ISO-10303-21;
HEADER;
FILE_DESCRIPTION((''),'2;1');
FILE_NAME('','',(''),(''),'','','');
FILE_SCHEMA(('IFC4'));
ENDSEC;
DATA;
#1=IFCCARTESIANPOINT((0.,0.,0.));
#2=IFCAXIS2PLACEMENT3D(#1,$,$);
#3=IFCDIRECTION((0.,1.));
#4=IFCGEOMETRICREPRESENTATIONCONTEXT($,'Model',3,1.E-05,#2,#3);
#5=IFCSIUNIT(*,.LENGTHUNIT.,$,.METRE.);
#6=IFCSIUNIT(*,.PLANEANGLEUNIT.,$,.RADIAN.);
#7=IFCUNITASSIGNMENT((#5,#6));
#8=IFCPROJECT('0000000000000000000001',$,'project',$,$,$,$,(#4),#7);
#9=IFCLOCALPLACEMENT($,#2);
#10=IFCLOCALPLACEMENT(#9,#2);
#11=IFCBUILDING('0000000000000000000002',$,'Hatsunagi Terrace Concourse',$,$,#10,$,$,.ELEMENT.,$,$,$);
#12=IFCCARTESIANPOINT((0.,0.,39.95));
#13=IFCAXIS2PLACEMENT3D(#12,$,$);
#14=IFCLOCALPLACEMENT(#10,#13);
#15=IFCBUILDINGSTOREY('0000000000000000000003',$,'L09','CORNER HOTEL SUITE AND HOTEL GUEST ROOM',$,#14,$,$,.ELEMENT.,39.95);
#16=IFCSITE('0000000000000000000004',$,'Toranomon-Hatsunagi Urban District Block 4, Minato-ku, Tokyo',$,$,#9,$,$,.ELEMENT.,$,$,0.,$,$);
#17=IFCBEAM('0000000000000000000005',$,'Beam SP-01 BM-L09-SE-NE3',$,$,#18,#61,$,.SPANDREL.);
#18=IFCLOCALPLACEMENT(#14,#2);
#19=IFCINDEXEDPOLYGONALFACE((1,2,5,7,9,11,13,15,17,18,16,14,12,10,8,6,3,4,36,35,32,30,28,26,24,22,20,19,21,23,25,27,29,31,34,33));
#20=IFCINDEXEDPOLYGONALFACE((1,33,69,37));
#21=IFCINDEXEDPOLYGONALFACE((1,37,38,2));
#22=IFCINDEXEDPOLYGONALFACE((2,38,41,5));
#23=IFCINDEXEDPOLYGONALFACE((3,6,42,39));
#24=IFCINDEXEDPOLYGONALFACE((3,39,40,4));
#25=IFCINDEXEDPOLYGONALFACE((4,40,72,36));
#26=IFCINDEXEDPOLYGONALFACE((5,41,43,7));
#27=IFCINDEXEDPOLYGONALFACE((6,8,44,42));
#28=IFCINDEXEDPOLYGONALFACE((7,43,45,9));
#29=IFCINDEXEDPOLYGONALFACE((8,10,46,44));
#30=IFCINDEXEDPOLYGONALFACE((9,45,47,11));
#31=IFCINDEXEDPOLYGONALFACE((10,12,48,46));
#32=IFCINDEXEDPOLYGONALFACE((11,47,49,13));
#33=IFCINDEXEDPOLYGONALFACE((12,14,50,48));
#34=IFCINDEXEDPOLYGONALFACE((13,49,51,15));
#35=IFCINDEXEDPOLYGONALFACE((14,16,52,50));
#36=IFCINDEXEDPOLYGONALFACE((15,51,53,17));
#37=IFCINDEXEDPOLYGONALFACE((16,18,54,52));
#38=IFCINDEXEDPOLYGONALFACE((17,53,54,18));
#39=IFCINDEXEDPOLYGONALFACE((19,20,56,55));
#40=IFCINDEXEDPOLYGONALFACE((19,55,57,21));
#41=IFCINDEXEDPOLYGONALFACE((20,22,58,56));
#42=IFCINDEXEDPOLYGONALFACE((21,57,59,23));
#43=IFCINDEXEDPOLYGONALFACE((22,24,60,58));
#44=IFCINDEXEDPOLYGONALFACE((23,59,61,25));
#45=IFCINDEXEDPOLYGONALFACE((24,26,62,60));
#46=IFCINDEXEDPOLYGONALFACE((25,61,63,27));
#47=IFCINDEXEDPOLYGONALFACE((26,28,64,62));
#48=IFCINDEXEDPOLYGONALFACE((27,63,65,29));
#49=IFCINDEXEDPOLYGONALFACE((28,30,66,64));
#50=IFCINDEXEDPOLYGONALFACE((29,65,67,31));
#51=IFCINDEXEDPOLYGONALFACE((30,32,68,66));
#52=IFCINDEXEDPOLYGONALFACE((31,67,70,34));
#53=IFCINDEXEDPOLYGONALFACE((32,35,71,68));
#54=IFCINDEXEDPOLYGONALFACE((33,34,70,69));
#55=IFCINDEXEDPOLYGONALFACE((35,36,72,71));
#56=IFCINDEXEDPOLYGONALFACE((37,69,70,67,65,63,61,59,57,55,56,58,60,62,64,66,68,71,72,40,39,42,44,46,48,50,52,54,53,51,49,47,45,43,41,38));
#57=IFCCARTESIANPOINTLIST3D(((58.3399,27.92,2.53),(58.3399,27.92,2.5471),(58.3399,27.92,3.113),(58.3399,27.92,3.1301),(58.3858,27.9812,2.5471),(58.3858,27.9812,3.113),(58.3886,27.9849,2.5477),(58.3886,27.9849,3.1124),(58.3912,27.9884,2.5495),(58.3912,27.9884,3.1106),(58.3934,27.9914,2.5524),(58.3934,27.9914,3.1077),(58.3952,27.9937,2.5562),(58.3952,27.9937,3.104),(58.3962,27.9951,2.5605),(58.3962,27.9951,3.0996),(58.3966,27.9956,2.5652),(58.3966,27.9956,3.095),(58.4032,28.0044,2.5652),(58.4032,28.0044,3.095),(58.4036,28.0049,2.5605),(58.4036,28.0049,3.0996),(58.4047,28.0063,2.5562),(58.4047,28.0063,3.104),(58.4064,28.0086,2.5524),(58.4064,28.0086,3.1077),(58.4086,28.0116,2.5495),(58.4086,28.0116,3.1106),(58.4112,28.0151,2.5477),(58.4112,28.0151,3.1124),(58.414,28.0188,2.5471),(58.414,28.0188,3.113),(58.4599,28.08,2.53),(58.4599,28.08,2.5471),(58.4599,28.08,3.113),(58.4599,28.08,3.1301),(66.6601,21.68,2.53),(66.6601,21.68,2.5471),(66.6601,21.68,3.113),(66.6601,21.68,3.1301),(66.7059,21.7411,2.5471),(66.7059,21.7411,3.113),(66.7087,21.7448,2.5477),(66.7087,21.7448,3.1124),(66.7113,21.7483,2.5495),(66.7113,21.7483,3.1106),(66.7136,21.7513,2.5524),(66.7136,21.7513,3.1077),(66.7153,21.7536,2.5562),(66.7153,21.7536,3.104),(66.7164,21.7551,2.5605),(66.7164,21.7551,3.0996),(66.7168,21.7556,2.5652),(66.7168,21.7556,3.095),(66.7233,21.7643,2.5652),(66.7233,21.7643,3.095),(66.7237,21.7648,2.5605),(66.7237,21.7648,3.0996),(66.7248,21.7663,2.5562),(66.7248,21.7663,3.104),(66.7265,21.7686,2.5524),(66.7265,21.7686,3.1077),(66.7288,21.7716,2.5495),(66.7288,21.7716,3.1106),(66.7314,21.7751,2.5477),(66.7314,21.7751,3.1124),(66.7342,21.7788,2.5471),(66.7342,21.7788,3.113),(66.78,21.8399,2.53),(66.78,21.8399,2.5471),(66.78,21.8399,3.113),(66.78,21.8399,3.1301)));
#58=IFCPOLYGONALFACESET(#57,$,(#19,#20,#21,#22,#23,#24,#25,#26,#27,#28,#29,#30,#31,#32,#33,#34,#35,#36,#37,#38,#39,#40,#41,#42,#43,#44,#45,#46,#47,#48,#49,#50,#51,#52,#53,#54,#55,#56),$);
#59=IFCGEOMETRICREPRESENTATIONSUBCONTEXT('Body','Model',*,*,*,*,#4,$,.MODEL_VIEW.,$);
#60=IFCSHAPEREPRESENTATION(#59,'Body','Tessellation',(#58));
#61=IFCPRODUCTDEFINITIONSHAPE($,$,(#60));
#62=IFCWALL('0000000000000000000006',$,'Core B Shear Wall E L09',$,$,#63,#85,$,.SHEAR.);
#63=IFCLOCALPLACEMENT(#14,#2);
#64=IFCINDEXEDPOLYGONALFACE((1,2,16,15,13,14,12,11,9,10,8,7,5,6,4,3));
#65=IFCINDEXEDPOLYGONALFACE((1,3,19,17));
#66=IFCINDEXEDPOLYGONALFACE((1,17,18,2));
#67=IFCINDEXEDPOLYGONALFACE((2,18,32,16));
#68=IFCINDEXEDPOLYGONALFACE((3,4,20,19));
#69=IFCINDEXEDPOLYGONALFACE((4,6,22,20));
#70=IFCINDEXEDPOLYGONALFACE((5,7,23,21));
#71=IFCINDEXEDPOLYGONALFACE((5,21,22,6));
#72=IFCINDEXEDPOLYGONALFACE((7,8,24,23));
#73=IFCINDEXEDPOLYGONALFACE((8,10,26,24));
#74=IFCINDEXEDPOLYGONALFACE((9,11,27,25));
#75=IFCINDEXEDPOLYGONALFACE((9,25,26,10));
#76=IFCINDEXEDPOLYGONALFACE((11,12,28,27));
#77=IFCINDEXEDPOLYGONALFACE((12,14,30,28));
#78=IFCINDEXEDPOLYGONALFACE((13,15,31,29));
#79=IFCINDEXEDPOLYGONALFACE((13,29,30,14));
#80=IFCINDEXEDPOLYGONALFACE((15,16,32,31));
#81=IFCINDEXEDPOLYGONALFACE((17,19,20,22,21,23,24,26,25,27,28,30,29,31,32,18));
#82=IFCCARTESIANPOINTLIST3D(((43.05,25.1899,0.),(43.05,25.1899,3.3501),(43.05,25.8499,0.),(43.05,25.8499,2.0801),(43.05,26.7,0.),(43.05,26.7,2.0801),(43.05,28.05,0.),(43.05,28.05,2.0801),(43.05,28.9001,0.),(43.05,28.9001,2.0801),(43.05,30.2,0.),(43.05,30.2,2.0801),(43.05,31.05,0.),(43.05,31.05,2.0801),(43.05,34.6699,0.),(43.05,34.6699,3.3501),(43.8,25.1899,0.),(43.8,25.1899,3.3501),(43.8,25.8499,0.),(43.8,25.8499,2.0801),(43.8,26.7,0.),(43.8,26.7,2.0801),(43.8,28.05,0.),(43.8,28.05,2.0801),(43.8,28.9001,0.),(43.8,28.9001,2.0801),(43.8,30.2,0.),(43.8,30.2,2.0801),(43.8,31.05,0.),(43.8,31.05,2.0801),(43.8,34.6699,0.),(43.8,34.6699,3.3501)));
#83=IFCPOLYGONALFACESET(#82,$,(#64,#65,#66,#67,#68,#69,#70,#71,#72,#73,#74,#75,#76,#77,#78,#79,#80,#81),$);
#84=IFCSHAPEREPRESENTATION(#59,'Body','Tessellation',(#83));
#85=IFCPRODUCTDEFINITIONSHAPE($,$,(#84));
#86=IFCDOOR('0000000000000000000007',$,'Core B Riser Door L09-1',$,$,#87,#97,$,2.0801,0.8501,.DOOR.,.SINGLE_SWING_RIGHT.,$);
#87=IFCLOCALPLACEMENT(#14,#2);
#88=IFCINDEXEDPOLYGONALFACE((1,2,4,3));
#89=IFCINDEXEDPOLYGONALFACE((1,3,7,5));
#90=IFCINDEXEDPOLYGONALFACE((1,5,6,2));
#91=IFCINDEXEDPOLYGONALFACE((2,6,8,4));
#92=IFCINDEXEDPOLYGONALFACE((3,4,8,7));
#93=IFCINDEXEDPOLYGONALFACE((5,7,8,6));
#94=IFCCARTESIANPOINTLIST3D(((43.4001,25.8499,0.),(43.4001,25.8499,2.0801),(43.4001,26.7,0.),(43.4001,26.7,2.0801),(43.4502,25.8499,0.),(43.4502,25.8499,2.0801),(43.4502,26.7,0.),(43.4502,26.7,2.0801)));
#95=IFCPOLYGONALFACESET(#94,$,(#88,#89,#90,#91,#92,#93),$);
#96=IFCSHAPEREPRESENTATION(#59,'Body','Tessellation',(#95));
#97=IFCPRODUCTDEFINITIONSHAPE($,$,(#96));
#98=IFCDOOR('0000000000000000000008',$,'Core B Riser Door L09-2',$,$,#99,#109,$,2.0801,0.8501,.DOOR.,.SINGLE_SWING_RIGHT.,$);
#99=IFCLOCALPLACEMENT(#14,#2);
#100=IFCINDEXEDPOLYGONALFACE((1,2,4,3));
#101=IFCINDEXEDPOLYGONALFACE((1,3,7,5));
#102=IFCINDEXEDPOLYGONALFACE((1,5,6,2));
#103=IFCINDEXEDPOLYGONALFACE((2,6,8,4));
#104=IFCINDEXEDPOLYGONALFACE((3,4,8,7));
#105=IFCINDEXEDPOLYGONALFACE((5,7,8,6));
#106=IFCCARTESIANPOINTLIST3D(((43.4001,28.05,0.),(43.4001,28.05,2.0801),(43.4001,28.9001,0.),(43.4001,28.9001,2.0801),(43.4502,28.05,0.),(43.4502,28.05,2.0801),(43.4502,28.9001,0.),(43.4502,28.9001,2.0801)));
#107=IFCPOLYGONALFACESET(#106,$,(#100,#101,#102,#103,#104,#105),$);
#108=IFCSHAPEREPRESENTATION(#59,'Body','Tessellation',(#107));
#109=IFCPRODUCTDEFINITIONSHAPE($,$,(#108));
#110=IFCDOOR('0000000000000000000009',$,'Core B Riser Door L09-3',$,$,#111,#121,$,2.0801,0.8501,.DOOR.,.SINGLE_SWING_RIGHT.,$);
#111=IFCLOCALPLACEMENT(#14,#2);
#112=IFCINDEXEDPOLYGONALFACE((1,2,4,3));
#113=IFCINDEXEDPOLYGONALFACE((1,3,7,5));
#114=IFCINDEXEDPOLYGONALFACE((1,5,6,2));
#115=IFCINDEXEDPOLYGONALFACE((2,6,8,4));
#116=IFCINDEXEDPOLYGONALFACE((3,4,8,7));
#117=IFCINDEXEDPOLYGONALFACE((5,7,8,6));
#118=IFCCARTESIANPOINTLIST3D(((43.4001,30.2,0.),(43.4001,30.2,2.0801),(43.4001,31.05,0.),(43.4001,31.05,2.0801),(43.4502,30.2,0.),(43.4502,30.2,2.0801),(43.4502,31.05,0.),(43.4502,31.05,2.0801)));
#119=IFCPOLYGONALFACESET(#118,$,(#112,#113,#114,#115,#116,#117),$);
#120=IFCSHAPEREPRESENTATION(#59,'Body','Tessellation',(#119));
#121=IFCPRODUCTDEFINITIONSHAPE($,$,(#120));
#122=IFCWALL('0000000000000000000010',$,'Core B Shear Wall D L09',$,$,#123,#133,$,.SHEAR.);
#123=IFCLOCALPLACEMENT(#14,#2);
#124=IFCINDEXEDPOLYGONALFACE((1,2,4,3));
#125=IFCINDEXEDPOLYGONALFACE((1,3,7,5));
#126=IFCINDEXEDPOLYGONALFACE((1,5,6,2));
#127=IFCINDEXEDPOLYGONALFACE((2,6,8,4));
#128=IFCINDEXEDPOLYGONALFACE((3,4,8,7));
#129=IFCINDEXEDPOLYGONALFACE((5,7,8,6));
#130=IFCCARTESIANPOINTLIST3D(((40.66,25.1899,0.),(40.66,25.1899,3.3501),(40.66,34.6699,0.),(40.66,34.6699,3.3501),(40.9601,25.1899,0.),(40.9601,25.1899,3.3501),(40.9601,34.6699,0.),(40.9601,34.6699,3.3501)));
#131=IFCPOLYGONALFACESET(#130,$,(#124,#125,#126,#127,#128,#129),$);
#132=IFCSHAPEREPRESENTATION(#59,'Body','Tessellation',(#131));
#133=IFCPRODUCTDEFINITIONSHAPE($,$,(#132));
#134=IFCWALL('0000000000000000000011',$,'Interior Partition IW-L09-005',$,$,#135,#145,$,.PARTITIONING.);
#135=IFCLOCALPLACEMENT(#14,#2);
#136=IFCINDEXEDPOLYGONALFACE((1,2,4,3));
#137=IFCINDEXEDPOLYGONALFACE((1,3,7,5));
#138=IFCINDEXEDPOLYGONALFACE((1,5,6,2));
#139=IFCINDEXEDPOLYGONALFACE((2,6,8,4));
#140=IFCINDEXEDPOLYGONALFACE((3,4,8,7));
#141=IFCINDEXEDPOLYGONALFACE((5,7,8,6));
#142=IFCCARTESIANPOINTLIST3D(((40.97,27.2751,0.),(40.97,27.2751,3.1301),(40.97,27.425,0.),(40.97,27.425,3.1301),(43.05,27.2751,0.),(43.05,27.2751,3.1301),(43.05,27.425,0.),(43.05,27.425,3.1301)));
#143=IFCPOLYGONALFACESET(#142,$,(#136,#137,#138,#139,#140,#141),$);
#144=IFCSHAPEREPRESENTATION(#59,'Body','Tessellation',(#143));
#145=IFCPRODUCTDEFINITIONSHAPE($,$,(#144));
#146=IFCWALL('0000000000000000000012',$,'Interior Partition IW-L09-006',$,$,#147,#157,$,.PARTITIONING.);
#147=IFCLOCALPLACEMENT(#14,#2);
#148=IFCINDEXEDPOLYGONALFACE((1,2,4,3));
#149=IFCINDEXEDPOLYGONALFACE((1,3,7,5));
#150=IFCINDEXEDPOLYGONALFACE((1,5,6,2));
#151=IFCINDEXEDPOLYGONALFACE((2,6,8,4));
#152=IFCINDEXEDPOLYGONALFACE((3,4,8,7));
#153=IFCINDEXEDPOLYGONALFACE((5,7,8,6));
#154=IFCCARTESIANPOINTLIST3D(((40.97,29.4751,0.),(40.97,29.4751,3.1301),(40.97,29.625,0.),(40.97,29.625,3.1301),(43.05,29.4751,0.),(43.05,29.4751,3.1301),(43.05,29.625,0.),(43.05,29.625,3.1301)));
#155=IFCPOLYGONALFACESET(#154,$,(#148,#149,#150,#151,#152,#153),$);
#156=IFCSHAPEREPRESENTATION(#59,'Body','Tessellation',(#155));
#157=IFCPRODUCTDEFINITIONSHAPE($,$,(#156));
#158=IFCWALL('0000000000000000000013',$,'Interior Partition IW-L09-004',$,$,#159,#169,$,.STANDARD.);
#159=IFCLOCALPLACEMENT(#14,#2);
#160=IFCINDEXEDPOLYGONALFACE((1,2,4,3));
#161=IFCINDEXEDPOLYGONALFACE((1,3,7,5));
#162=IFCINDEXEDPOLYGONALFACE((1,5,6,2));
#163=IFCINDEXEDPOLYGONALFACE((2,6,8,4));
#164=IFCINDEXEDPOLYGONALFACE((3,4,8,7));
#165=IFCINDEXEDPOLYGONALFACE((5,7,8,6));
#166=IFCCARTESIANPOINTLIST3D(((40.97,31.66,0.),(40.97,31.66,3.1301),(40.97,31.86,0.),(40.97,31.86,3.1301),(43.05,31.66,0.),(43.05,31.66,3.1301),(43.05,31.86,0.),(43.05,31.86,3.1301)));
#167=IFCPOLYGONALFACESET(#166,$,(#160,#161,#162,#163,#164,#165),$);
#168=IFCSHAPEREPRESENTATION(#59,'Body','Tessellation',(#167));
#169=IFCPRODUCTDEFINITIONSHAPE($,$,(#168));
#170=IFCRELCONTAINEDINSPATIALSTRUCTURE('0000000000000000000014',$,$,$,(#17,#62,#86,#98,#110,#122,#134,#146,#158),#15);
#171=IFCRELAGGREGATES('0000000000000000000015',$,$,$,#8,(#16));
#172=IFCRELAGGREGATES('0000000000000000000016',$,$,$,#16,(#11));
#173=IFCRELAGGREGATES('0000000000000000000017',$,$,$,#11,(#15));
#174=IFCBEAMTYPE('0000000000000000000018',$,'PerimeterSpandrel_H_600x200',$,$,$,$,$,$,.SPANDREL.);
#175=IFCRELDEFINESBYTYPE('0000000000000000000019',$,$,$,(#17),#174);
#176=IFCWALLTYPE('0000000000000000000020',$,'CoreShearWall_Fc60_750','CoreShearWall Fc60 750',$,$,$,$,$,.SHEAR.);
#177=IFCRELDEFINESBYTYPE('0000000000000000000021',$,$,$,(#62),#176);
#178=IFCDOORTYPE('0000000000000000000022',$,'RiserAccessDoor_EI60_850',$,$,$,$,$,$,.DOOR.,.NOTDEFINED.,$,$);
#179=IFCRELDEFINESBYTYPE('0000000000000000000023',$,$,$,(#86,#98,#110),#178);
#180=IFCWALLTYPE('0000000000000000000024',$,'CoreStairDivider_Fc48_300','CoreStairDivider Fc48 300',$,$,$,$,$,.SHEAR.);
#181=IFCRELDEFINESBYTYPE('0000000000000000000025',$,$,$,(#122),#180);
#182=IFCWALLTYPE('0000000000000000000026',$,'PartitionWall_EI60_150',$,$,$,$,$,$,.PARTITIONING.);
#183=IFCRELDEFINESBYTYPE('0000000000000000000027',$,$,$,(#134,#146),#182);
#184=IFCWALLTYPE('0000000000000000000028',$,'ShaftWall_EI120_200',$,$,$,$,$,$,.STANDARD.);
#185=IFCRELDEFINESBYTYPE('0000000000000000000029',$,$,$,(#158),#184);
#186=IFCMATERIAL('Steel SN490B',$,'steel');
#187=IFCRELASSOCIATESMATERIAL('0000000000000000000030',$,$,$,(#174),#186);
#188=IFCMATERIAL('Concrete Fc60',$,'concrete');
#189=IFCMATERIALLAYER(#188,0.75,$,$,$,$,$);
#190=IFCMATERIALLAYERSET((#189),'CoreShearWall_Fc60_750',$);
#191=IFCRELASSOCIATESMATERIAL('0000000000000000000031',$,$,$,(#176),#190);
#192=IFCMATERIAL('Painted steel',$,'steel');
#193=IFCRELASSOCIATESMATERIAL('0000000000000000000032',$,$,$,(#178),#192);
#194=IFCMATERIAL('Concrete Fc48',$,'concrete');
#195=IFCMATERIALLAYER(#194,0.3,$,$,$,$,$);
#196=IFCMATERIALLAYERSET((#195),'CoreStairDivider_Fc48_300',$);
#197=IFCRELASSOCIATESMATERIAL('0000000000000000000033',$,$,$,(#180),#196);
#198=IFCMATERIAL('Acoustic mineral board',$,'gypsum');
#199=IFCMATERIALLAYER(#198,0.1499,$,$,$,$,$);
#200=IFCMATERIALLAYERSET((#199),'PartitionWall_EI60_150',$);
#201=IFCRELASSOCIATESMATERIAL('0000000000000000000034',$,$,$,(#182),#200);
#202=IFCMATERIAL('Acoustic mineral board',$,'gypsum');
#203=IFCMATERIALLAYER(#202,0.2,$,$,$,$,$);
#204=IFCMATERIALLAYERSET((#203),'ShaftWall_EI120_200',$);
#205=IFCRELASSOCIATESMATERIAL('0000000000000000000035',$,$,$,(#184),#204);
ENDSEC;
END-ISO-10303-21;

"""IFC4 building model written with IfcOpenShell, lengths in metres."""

from ifc_helpers import new_model, si_unit, direction, frame, frame_2d, origin, origin_2d, place, context, subcontext, project, spatial, rectangle, i_section, extrude, material, layer, layer_set, material_profile, profile_set, type_object, element, fill, save


model = new_model("IFC4")

# Units and contexts
model_context = context("Model", 3, precision=1e-05, world=origin(), true_north=direction((0.0, 1.0)))
body_context = subcontext(model_context, "Body", "Model", "MODEL_VIEW")
ifc_project = project(units=[si_unit("LENGTHUNIT", "METRE"), si_unit("PLANEANGLEUNIT", "RADIAN")], contexts=[model_context])

# Site, building, storey
site_placement = place(None, origin())
site = spatial("IfcSite", under=ifc_project, at=site_placement, Name="Toranomon-Hatsunagi Urban District Block 4, Minato-ku, Tokyo", CompositionType="ELEMENT", RefElevation=0.0)
building_placement = place(site_placement, origin())
building = spatial("IfcBuilding", under=site, at=building_placement, Name="Hatsunagi Terrace Concourse", CompositionType="ELEMENT")
storey_placement = place(building_placement, frame((0.0, 0.0, 39.95)))
storey = spatial("IfcBuildingStorey", under=building, at=storey_placement, Name="L09", Description="CORNER HOTEL SUITE AND HOTEL GUEST ROOM", CompositionType="ELEMENT", Elevation=39.95)

# Beam
ifc_material_1 = material(Name="Steel SN490B", Category="steel")
ifc_material_profile_1 = material_profile(ifc_material_1, i_section(OverallWidth=0.2, OverallDepth=0.6001, WebThickness=0.011, FlangeThickness=0.0171, FilletRadius=0.0181, at=origin_2d()), Name="H-600x200x11x17")
ifc_profile_set_1 = profile_set([ifc_material_profile_1], Name="Steel SN490B")
beam_type_1 = type_object("IfcBeamType", Name="PerimeterSpandrel_H_600x200", PredefinedType="SPANDREL", material=ifc_profile_set_1)
beam_1_placement = place(storey_placement, frame((58.3999, 28.0, 2.8301), z_axis=(0.800003, -0.599996, 0.0), x_axis=(0.599996, 0.800003, 0.0)))
element("IfcBeam", 1, at=beam_1_placement, inside=storey, type_object=beam_type_1, Name="Beam SP-01 BM-L09-SE-NE3", PredefinedType="SPANDREL", context=body_context, shape_type="SweptSolid", body=[
    extrude(i_section(OverallWidth=0.2, OverallDepth=0.6001, WebThickness=0.011, FlangeThickness=0.0171, FilletRadius=0.0181, at=origin_2d()), origin(), (0.0, 0.0, 1.0), 10.4001),
])

# Wall, openings, doors
ifc_material_2 = material(Name="Concrete Fc60", Category="concrete")
ifc_layer_1 = layer(ifc_material_2, 0.75)
ifc_layer_set_1 = layer_set([ifc_layer_1], Name="CoreShearWall_Fc60_750")
wall_type_1 = type_object("IfcWallType", Name="CoreShearWall_Fc60_750", Description="CoreShearWall Fc60 750", PredefinedType="SHEAR", material=ifc_layer_set_1)
wall_1_placement = place(storey_placement, frame((43.425, 25.1899, 0.0), z_axis=(0.0, 0.0, 1.0), x_axis=(0.0, 1.0, 0.0)))
wall_1 = element("IfcWall", 2, at=wall_1_placement, inside=storey, type_object=wall_type_1, Name="Core B Shear Wall E L09", PredefinedType="SHEAR", context=body_context, shape_type="SweptSolid", body=[
    extrude(rectangle(XDim=9.48, YDim=0.75, at=frame_2d((4.74, 0.0))), origin(), (0.0, 0.0, 1.0), 3.3501),
])
opening_1_placement = place(wall_1_placement, frame((0.6599, 0.0, 0.0)))
opening_1 = element("IfcOpeningElement", 3, at=opening_1_placement, cuts=wall_1, PredefinedType="OPENING", context=body_context, shape_type="SweptSolid", body=[
    extrude(rectangle(XDim=0.8501, YDim=2.0801, at=frame_2d((0.425, 1.04))), frame((0.0, 0.385, 0.0), z_axis=(0.0, -1.0, 0.0), x_axis=(1.0, 0.0, 0.0)), (0.0, 0.0, 1.0), 0.77),
])
opening_2_placement = place(wall_1_placement, frame((2.8601, 0.0, 0.0)))
opening_2 = element("IfcOpeningElement", 4, at=opening_2_placement, cuts=wall_1, PredefinedType="OPENING", context=body_context, shape_type="SweptSolid", body=[
    extrude(rectangle(XDim=0.8501, YDim=2.0801, at=frame_2d((0.425, 1.04))), frame((0.0, 0.385, 0.0), z_axis=(0.0, -1.0, 0.0), x_axis=(1.0, 0.0, 0.0)), (0.0, 0.0, 1.0), 0.77),
])
opening_3_placement = place(wall_1_placement, frame((5.01, 0.0, 0.0)))
opening_3 = element("IfcOpeningElement", 5, at=opening_3_placement, cuts=wall_1, PredefinedType="OPENING", context=body_context, shape_type="SweptSolid", body=[
    extrude(rectangle(XDim=0.8501, YDim=2.0801, at=frame_2d((0.425, 1.04))), frame((0.0, 0.385, 0.0), z_axis=(0.0, -1.0, 0.0), x_axis=(1.0, 0.0, 0.0)), (0.0, 0.0, 1.0), 0.77),
])
ifc_material_3 = material(Name="Painted steel", Category="steel")
door_type_1 = type_object("IfcDoorType", Name="RiserAccessDoor_EI60_850", OperationType="NOTDEFINED", PredefinedType="DOOR", material=ifc_material_3)
door_1_placement = place(opening_1_placement, origin())
door_1 = element("IfcDoor", 6, at=door_1_placement, inside=storey, type_object=door_type_1, Name="Core B Riser Door L09-1", OperationType="SINGLE_SWING_RIGHT", OverallHeight=2.0801, OverallWidth=0.8501, PredefinedType="DOOR", context=body_context, shape_type="SweptSolid", body=[
    extrude(rectangle(XDim=0.8501, YDim=2.0801, at=frame_2d((0.425, 1.04))), frame((0.0, 0.0249, 0.0), z_axis=(0.0, -1.0, 0.0), x_axis=(1.0, 0.0, 0.0)), (0.0, 0.0, 1.0), 0.05),
])
fill(opening_1, door_1)
door_2_placement = place(opening_2_placement, origin())
door_2 = element("IfcDoor", 7, at=door_2_placement, inside=storey, type_object=door_type_1, Name="Core B Riser Door L09-2", OperationType="SINGLE_SWING_RIGHT", OverallHeight=2.0801, OverallWidth=0.8501, PredefinedType="DOOR", context=body_context, shape_type="SweptSolid", body=[
    extrude(rectangle(XDim=0.8501, YDim=2.0801, at=frame_2d((0.425, 1.04))), frame((0.0, 0.0249, 0.0), z_axis=(0.0, -1.0, 0.0), x_axis=(1.0, 0.0, 0.0)), (0.0, 0.0, 1.0), 0.05),
])
fill(opening_2, door_2)
door_3_placement = place(opening_3_placement, origin())
door_3 = element("IfcDoor", 8, at=door_3_placement, inside=storey, type_object=door_type_1, Name="Core B Riser Door L09-3", OperationType="SINGLE_SWING_RIGHT", OverallHeight=2.0801, OverallWidth=0.8501, PredefinedType="DOOR", context=body_context, shape_type="SweptSolid", body=[
    extrude(rectangle(XDim=0.8501, YDim=2.0801, at=frame_2d((0.425, 1.04))), frame((0.0, 0.0249, 0.0), z_axis=(0.0, -1.0, 0.0), x_axis=(1.0, 0.0, 0.0)), (0.0, 0.0, 1.0), 0.05),
])
fill(opening_3, door_3)

# Walls
ifc_material_4 = material(Name="Concrete Fc48", Category="concrete")
ifc_layer_2 = layer(ifc_material_4, 0.3)
ifc_layer_set_2 = layer_set([ifc_layer_2], Name="CoreStairDivider_Fc48_300")
wall_type_2 = type_object("IfcWallType", Name="CoreStairDivider_Fc48_300", Description="CoreStairDivider Fc48 300", PredefinedType="SHEAR", material=ifc_layer_set_2)
wall_2_placement = place(storey_placement, frame((40.8101, 25.1899, 0.0), z_axis=(0.0, 0.0, 1.0), x_axis=(0.0, 1.0, 0.0)))
element("IfcWall", 9, at=wall_2_placement, inside=storey, type_object=wall_type_2, Name="Core B Shear Wall D L09", PredefinedType="SHEAR", context=body_context, shape_type="SweptSolid", body=[
    extrude(rectangle(XDim=9.48, YDim=0.3, at=frame_2d((4.74, 0.0))), origin(), (0.0, 0.0, 1.0), 3.3501),
])
ifc_material_5 = material(Name="Acoustic mineral board", Category="gypsum")
ifc_layer_3 = layer(ifc_material_5, 0.1499)
ifc_layer_set_3 = layer_set([ifc_layer_3], Name="PartitionWall_EI60_150")
wall_type_3 = type_object("IfcWallType", Name="PartitionWall_EI60_150", PredefinedType="PARTITIONING", material=ifc_layer_set_3)
for number, where, z_axis, x_axis, name in (
    (10, (40.97, 27.3501, 0.0), (0.0, 0.0, 1.0), (1.0, 0.0, 0.0), "Interior Partition IW-L09-005"),
    (11, (40.97, 29.55, 0.0), (0.0, 0.0, 1.0), (1.0, 0.0, 0.0), "Interior Partition IW-L09-006"),
):
    element("IfcWall", number, at=place(storey_placement, frame(where, z_axis=z_axis, x_axis=x_axis)), inside=storey, type_object=wall_type_3, Name=name, PredefinedType="PARTITIONING", context=body_context, shape_type="SweptSolid", body=[
        extrude(rectangle(XDim=2.0801, YDim=0.1499, at=frame_2d((1.04, 0.0))), origin(), (0.0, 0.0, 1.0), 3.1301),
    ])
ifc_material_6 = material(Name="Acoustic mineral board", Category="gypsum")
ifc_layer_4 = layer(ifc_material_6, 0.2)
ifc_layer_set_4 = layer_set([ifc_layer_4], Name="ShaftWall_EI120_200")
wall_type_4 = type_object("IfcWallType", Name="ShaftWall_EI120_200", PredefinedType="STANDARD", material=ifc_layer_set_4)
wall_3_placement = place(storey_placement, frame((40.97, 31.76, 0.0), z_axis=(0.0, 0.0, 1.0), x_axis=(1.0, 0.0, 0.0)))
element("IfcWall", 12, at=wall_3_placement, inside=storey, type_object=wall_type_4, Name="Interior Partition IW-L09-004", PredefinedType="STANDARD", context=body_context, shape_type="SweptSolid", body=[
    extrude(rectangle(XDim=2.0801, YDim=0.2, at=frame_2d((1.04, 0.0))), origin(), (0.0, 0.0, 1.0), 3.1301),
])

save(model, "model.ifc")
